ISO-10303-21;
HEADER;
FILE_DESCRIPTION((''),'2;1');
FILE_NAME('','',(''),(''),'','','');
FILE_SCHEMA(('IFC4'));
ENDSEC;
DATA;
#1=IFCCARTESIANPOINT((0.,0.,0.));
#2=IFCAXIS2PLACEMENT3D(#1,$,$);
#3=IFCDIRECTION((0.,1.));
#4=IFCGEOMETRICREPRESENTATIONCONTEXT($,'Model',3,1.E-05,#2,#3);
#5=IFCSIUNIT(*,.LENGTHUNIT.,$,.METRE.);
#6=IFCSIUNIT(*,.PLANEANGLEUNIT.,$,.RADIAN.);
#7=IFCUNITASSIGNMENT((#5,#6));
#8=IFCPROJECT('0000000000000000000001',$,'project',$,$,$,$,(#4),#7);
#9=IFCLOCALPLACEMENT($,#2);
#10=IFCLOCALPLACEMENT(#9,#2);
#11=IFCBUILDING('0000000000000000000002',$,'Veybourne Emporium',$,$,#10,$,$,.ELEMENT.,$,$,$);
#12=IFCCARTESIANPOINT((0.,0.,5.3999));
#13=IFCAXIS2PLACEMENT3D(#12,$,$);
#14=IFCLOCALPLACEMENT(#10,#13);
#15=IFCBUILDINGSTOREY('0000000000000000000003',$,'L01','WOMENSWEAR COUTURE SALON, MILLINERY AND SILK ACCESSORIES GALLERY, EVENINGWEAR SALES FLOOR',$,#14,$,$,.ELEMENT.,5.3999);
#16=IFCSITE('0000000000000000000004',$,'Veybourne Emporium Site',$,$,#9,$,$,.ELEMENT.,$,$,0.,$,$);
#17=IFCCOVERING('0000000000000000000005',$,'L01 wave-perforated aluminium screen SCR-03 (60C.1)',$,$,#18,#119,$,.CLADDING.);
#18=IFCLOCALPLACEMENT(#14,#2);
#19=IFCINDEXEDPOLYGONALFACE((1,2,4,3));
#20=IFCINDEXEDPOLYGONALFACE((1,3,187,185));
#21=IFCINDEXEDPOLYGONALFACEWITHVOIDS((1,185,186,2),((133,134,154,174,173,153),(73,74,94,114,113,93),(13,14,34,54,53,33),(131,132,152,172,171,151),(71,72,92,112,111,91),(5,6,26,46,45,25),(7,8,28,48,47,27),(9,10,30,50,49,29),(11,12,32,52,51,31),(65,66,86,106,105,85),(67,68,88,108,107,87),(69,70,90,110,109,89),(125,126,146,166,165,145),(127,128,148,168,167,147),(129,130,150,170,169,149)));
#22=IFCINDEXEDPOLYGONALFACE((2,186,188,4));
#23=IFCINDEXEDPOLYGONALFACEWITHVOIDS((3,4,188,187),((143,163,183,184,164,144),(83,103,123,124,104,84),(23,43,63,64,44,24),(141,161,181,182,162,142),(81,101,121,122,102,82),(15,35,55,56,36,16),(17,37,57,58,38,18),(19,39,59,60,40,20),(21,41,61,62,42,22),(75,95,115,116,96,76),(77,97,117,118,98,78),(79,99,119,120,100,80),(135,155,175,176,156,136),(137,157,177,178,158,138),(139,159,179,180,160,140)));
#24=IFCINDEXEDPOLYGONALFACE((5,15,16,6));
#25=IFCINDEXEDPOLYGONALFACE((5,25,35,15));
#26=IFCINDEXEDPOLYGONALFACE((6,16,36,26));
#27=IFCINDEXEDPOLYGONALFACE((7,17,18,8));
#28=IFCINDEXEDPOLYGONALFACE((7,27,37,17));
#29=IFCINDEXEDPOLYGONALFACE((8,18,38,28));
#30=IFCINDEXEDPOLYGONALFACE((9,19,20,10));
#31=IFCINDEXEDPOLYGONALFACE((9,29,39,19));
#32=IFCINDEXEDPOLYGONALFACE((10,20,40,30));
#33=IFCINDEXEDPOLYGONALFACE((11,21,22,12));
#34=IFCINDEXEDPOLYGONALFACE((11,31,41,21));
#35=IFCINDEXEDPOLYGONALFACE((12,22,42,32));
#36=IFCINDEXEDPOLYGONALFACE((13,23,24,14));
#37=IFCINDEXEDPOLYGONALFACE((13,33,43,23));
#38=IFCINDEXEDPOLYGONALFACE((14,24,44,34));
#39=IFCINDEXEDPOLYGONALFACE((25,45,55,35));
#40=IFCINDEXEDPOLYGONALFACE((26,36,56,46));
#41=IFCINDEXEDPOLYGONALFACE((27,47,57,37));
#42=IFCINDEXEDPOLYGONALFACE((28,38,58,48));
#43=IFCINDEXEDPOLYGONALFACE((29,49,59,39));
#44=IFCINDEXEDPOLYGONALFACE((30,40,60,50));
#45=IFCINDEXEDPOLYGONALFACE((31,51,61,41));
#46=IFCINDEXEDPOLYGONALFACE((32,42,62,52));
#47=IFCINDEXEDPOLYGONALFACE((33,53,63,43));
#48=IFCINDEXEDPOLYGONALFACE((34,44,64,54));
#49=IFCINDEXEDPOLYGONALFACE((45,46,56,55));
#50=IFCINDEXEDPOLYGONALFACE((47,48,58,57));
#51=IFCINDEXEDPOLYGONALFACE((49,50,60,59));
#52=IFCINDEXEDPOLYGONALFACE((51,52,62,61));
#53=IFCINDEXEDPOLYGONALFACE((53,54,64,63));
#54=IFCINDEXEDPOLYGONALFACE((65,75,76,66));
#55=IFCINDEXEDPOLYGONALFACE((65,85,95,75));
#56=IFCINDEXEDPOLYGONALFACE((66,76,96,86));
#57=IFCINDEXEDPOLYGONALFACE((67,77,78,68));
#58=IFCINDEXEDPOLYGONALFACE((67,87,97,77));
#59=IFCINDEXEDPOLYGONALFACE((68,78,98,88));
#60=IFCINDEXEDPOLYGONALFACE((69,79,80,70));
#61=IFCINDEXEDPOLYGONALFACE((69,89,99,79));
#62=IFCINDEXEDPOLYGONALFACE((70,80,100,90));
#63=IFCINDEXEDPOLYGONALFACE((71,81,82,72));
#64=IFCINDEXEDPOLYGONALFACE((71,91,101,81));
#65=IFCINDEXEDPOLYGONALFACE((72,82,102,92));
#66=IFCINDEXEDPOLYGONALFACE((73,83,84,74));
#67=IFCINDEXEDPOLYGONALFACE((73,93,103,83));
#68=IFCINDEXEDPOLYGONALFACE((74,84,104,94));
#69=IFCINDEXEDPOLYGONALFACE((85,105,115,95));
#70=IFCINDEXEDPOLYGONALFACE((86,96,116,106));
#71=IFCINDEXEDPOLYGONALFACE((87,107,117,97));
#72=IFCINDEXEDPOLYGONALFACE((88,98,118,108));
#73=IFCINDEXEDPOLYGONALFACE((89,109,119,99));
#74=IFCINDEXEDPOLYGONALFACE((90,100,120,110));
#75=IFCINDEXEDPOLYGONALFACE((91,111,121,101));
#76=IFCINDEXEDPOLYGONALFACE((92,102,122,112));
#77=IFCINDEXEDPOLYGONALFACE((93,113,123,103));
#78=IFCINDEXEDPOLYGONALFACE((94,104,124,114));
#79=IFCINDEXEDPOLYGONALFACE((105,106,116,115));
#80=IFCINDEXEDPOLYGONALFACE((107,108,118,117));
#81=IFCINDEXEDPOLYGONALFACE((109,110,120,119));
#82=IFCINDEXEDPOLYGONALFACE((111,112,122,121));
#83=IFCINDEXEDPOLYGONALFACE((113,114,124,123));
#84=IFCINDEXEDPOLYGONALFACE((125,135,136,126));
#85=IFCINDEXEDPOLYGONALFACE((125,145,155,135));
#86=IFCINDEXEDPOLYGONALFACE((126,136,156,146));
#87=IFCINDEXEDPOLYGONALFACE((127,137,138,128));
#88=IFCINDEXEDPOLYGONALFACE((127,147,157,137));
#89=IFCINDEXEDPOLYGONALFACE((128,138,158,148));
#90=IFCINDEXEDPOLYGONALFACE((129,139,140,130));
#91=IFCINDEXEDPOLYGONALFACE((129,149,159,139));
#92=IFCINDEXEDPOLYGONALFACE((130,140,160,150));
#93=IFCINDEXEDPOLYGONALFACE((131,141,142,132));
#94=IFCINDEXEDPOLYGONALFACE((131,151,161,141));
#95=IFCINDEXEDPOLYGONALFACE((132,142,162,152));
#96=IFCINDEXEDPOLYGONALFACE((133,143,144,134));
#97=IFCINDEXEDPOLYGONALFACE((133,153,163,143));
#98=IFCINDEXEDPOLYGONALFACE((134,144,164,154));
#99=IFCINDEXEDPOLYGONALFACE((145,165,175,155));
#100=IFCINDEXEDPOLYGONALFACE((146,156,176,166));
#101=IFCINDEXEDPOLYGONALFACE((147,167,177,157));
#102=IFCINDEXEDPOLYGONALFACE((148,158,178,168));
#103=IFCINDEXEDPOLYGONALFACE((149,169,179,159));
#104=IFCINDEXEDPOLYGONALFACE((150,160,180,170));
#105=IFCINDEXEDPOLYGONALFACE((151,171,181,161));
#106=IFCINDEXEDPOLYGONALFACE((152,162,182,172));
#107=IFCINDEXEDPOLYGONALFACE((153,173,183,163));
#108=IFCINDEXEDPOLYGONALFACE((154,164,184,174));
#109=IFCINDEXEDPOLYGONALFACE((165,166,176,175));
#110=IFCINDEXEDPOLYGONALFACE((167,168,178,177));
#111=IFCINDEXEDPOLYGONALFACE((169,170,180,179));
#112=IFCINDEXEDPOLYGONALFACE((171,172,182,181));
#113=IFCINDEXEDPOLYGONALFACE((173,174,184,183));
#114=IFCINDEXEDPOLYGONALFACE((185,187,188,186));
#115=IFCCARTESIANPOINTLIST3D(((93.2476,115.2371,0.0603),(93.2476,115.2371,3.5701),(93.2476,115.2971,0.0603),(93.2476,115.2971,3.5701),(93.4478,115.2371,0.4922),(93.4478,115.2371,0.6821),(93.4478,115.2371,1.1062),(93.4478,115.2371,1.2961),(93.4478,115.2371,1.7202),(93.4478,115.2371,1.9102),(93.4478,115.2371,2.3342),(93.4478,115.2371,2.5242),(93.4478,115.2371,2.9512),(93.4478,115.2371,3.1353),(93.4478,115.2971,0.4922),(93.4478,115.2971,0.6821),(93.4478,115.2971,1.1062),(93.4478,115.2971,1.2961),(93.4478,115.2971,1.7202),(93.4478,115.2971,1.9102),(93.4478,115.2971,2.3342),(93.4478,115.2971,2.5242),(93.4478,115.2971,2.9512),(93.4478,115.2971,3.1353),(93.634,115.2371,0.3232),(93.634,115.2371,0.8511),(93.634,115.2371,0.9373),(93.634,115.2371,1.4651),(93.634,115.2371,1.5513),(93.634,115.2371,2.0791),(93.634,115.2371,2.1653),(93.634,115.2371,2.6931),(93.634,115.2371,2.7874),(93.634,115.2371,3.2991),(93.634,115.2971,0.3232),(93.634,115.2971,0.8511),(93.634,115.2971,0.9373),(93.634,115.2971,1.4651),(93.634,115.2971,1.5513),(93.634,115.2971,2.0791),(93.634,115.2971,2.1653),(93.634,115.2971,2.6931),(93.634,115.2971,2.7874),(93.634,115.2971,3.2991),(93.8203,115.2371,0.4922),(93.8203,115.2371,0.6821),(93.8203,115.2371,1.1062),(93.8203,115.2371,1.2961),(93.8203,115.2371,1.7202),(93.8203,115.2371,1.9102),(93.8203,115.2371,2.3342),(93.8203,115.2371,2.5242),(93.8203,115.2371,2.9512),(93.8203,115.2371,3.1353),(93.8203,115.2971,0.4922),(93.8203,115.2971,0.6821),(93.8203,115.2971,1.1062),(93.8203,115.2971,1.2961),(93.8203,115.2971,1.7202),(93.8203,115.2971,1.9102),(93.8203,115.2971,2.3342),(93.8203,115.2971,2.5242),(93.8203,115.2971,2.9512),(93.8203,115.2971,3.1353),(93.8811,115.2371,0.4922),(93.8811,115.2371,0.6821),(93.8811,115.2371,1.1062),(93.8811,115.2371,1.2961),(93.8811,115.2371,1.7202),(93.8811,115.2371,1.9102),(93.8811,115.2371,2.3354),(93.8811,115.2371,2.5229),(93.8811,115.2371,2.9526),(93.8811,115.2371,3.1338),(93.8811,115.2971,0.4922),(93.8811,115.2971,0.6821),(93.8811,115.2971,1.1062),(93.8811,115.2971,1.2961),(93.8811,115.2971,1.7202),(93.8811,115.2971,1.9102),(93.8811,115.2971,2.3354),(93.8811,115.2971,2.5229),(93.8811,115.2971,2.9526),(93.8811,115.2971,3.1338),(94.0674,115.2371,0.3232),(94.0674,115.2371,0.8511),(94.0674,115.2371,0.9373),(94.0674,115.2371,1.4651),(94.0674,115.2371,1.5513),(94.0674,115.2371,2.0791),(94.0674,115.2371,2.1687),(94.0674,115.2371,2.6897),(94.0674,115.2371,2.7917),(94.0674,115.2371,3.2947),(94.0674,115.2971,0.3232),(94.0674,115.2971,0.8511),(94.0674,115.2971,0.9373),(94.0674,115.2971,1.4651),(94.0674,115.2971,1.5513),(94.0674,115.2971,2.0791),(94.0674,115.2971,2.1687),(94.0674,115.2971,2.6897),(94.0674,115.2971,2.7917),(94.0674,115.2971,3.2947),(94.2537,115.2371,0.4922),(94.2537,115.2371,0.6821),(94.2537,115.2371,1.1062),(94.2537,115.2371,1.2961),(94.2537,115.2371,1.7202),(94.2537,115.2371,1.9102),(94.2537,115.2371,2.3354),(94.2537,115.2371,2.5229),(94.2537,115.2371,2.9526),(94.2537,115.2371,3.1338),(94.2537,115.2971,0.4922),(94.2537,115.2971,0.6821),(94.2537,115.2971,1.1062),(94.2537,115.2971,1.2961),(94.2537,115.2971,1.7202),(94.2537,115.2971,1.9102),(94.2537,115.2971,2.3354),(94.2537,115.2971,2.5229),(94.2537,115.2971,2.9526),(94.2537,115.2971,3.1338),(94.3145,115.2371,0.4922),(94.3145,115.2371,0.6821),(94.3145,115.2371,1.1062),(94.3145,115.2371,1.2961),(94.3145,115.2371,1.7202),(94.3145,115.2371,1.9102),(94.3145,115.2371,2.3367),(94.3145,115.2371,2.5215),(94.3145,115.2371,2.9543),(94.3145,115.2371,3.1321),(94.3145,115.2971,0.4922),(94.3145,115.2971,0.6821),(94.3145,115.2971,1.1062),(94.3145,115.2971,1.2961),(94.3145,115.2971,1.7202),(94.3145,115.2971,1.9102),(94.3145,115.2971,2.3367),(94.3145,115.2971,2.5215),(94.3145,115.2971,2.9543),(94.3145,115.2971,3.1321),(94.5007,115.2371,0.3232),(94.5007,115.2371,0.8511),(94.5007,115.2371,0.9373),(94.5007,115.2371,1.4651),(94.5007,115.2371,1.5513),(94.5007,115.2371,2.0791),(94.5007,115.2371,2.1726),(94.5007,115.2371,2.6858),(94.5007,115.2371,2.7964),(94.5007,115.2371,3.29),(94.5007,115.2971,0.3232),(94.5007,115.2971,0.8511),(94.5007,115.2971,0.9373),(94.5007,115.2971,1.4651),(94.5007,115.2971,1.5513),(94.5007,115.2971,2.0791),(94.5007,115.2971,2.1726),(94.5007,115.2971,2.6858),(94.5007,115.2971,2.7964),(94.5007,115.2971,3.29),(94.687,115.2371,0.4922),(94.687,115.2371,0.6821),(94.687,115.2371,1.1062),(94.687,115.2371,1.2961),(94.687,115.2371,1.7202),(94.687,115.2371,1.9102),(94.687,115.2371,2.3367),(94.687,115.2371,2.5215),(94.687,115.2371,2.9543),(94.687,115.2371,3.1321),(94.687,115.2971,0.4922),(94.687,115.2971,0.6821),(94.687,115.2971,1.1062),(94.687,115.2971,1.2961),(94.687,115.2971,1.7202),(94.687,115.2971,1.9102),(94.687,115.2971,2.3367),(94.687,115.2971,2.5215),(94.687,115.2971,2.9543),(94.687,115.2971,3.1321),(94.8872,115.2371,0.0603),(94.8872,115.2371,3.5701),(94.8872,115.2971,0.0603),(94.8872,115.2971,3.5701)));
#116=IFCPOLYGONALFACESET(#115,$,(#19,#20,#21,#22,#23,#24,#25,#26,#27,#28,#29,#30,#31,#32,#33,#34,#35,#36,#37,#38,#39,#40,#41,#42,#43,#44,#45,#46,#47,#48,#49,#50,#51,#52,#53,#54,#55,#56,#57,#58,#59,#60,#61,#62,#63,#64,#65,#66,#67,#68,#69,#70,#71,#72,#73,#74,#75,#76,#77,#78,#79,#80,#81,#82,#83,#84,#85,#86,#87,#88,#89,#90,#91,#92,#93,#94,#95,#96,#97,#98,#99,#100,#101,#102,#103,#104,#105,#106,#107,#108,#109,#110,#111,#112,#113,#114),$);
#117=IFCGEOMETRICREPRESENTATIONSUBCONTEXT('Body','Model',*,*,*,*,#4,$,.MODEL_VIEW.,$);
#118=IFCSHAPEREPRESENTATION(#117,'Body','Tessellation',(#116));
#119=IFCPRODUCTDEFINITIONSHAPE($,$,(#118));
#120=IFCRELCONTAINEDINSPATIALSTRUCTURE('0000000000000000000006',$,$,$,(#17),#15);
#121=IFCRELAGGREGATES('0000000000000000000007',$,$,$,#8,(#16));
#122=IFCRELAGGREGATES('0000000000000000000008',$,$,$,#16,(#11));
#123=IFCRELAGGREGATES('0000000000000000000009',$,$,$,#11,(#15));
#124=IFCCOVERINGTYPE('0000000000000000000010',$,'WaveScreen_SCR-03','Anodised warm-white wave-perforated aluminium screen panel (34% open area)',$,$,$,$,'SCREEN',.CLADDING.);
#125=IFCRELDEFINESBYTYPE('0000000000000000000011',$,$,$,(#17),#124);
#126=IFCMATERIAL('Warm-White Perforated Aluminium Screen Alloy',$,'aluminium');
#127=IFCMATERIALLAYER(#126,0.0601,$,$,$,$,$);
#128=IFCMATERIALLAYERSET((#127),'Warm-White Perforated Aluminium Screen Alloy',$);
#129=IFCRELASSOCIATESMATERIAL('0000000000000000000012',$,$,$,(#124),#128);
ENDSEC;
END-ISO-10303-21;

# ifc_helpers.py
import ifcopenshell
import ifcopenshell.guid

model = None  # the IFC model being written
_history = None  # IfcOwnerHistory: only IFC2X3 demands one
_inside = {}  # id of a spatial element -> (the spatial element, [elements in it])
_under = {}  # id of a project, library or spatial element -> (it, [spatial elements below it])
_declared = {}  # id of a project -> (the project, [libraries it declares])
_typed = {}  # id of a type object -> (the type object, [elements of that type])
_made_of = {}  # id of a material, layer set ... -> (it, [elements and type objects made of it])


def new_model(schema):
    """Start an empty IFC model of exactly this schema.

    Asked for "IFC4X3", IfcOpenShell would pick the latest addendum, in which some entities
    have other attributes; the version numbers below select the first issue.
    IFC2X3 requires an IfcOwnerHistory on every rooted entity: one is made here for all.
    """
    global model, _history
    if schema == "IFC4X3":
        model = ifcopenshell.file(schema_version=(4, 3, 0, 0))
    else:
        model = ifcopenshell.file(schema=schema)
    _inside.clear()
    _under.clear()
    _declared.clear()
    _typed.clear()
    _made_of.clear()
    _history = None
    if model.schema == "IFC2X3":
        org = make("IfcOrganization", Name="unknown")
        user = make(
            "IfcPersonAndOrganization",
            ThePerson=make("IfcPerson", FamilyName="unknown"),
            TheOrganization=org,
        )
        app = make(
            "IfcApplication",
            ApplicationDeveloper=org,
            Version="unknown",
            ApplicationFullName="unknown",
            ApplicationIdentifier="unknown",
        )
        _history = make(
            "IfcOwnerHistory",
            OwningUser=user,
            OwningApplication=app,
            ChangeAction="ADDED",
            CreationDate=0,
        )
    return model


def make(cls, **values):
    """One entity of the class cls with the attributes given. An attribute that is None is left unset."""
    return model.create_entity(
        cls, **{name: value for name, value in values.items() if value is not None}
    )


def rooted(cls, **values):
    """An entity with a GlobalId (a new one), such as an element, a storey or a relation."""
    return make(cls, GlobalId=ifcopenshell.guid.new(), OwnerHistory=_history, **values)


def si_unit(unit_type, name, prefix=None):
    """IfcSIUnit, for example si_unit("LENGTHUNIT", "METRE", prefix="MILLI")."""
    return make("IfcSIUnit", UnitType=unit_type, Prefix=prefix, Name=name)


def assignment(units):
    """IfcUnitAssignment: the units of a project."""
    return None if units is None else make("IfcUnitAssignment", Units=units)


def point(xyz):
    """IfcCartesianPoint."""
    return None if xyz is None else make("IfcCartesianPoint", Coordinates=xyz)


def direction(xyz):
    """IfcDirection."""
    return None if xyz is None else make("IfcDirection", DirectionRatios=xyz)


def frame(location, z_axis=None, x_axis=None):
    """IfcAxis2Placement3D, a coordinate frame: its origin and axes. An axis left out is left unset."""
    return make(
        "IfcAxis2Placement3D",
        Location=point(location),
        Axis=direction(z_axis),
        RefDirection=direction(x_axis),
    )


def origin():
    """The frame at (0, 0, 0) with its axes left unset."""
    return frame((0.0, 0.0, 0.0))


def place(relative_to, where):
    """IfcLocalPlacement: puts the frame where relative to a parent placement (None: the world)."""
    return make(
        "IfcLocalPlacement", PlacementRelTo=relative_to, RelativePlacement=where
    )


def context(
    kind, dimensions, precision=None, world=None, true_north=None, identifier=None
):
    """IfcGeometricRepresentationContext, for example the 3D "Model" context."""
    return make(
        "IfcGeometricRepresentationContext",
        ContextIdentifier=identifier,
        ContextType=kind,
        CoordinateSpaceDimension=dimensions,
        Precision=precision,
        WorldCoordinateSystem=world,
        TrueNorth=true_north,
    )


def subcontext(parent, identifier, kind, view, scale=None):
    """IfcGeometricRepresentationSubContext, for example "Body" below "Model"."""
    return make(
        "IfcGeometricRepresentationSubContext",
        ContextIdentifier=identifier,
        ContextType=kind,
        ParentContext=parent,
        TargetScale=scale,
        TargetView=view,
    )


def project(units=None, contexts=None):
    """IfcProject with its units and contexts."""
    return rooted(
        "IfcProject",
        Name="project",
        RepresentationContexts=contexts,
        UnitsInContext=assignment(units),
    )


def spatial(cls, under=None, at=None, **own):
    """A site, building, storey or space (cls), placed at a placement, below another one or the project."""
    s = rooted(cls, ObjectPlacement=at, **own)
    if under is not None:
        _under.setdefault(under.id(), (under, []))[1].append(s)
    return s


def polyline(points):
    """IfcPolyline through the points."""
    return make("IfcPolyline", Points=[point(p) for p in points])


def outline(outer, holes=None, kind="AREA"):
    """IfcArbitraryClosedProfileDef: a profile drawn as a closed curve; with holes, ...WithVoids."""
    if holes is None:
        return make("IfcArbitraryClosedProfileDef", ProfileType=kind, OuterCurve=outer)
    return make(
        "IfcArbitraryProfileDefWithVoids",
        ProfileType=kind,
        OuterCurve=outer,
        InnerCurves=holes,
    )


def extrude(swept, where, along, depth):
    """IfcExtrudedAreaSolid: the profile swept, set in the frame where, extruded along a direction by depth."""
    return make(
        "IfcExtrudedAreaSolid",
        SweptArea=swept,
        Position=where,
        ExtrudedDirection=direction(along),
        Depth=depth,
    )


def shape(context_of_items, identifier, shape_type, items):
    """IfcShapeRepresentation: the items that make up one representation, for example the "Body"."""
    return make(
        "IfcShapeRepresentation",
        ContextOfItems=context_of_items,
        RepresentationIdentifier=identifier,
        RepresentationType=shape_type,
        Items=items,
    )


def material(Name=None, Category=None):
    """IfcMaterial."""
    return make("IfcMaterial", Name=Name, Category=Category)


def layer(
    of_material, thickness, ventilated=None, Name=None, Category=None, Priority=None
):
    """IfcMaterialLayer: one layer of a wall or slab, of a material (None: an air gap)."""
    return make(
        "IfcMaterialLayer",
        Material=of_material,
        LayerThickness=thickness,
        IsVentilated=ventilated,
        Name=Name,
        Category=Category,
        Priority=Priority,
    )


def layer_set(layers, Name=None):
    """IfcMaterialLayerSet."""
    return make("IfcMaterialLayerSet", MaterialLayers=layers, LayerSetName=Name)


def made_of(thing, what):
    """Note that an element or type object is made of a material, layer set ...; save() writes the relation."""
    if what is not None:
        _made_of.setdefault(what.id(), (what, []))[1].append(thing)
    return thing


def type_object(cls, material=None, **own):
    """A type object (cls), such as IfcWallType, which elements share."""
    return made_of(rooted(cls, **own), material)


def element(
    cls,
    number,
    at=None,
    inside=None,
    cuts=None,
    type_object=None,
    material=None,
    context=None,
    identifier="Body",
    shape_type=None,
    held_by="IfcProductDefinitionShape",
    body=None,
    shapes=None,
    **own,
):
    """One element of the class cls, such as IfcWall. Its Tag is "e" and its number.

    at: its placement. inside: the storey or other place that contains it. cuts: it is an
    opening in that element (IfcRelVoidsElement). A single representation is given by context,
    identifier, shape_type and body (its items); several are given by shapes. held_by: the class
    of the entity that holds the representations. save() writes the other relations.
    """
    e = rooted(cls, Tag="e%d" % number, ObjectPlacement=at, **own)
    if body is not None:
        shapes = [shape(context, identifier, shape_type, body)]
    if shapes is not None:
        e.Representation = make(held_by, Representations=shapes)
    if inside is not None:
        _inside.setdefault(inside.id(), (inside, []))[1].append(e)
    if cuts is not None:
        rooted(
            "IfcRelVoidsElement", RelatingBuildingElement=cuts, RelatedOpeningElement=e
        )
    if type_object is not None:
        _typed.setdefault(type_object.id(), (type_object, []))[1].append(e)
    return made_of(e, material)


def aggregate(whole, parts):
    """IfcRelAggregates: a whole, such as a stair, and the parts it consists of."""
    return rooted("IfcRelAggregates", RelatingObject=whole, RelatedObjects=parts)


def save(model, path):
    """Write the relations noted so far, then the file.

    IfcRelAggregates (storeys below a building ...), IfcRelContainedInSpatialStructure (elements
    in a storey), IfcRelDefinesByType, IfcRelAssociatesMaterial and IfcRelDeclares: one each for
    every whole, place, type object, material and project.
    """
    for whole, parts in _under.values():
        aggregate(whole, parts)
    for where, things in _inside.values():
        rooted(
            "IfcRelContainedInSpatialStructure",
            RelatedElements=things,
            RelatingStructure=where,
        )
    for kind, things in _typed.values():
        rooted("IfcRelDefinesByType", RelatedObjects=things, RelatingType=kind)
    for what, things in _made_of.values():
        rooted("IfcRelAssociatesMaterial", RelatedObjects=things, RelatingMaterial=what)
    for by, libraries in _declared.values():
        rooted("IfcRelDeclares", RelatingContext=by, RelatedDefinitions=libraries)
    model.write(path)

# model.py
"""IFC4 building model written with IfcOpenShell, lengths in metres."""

from ifc_helpers import new_model, si_unit, direction, frame, origin, place, context, subcontext, project, spatial, polyline, outline, extrude, material, layer, layer_set, type_object, element, save


model = new_model("IFC4")

# Units and contexts
model_context = context("Model", 3, precision=1e-05, world=origin(), true_north=direction((0.0, 1.0)))
body_context = subcontext(model_context, "Body", "Model", "MODEL_VIEW")
ifc_project = project(units=[si_unit("LENGTHUNIT", "METRE"), si_unit("PLANEANGLEUNIT", "RADIAN")], contexts=[model_context])

# Site, building, storey
site_placement = place(None, origin())
site = spatial("IfcSite", under=ifc_project, at=site_placement, Name="Veybourne Emporium Site", CompositionType="ELEMENT", RefElevation=0.0)
building_placement = place(site_placement, origin())
building = spatial("IfcBuilding", under=site, at=building_placement, Name="Veybourne Emporium", CompositionType="ELEMENT")
storey_placement = place(building_placement, frame((0.0, 0.0, 5.3999)))
storey = spatial("IfcBuildingStorey", under=building, at=storey_placement, Name="L01", Description="WOMENSWEAR COUTURE SALON, MILLINERY AND SILK ACCESSORIES GALLERY, EVENINGWEAR SALES FLOOR", CompositionType="ELEMENT", Elevation=5.3999)

# Covering
ifc_material_1 = material(Name="Warm-White Perforated Aluminium Screen Alloy", Category="aluminium")
ifc_layer_1 = layer(ifc_material_1, 0.0601)
ifc_layer_set_1 = layer_set([ifc_layer_1], Name="Warm-White Perforated Aluminium Screen Alloy")
covering_type_1 = type_object("IfcCoveringType", Name="WaveScreen_SCR-03", Description="Anodised warm-white wave-perforated aluminium screen panel (34% open area)", ElementType="SCREEN", PredefinedType="CLADDING", material=ifc_layer_set_1)
covering_1_placement = place(storey_placement, frame((94.0674, 115.2971, 1.8152), z_axis=(0.0, -1.0, 0.0), x_axis=(1.0, 0.0, 0.0)))
element("IfcCovering", 1, at=covering_1_placement, inside=storey, type_object=covering_type_1, Name="L01 wave-perforated aluminium screen SCR-03 (60C.1)", PredefinedType="CLADDING", context=body_context, shape_type="SweptSolid", body=[
    extrude(outline(polyline([(-0.8198, -1.7549), (0.8198, -1.7549), (0.8198, 1.7549), (-0.8198, 1.7549), (-0.8198, -1.7549)]), holes=[polyline([(-0.4333, -0.9641), (-0.2471, -1.1331), (-0.2471, -1.323), (-0.4333, -1.4919), (-0.6196, -1.323), (-0.6196, -1.1331), (-0.4333, -0.9641)]), polyline([(-0.4333, -0.3501), (-0.2471, -0.519), (-0.2471, -0.709), (-0.4333, -0.8779), (-0.6196, -0.709), (-0.6196, -0.519), (-0.4333, -0.3501)]), polyline([(-0.4333, 0.2639), (-0.2471, 0.095), (-0.2471, -0.095), (-0.4333, -0.2639), (-0.6196, -0.095), (-0.6196, 0.095), (-0.4333, 0.2639)]), polyline([(-0.4333, 0.8779), (-0.2471, 0.709), (-0.2471, 0.519), (-0.4333, 0.3501), (-0.6196, 0.519), (-0.6196, 0.709), (-0.4333, 0.8779)]), polyline([(-0.4333, 1.4839), (-0.2471, 1.3201), (-0.2471, 1.136), (-0.4333, 0.9722), (-0.6196, 1.136), (-0.6196, 1.3201), (-0.4333, 1.4839)]), polyline([(0.0, -0.9641), (0.1863, -1.1331), (0.1863, -1.323), (0.0, -1.4919), (-0.1863, -1.323), (-0.1863, -1.1331), (0.0, -0.9641)]), polyline([(0.0, -0.3501), (0.1863, -0.519), (0.1863, -0.709), (0.0, -0.8779), (-0.1863, -0.709), (-0.1863, -0.519), (0.0, -0.3501)]), polyline([(0.0, 0.2639), (0.1863, 0.095), (0.1863, -0.095), (0.0, -0.2639), (-0.1863, -0.095), (-0.1863, 0.095), (0.0, 0.2639)]), polyline([(0.0, 0.8745), (0.1863, 0.7078), (0.1863, 0.5203), (0.0, 0.3535), (-0.1863, 0.5203), (-0.1863, 0.7078), (0.0, 0.8745)]), polyline([(0.0, 1.4795), (0.1863, 1.3186), (0.1863, 1.1375), (0.0, 0.9766), (-0.1863, 1.1375), (-0.1863, 1.3186), (0.0, 1.4795)]), polyline([(0.4333, -0.9641), (0.6196, -1.1331), (0.6196, -1.323), (0.4333, -1.4919), (0.2471, -1.323), (0.2471, -1.1331), (0.4333, -0.9641)]), polyline([(0.4333, -0.3501), (0.6196, -0.519), (0.6196, -0.709), (0.4333, -0.8779), (0.2471, -0.709), (0.2471, -0.519), (0.4333, -0.3501)]), polyline([(0.4333, 0.2639), (0.6196, 0.095), (0.6196, -0.095), (0.4333, -0.2639), (0.2471, -0.095), (0.2471, 0.095), (0.4333, 0.2639)]), polyline([(0.4333, 0.8706), (0.6196, 0.7063), (0.6196, 0.5215), (0.4333, 0.3574), (0.2471, 0.5215), (0.2471, 0.7063), (0.4333, 0.8706)]), polyline([(0.4333, 1.4749), (0.6196, 1.3169), (0.6196, 1.1392), (0.4333, 0.9812), (0.2471, 1.1392), (0.2471, 1.3169), (0.4333, 1.4749)])]), origin(), (0.0, 0.0, 1.0), 0.0601),
])

save(model, "model.ifc")
